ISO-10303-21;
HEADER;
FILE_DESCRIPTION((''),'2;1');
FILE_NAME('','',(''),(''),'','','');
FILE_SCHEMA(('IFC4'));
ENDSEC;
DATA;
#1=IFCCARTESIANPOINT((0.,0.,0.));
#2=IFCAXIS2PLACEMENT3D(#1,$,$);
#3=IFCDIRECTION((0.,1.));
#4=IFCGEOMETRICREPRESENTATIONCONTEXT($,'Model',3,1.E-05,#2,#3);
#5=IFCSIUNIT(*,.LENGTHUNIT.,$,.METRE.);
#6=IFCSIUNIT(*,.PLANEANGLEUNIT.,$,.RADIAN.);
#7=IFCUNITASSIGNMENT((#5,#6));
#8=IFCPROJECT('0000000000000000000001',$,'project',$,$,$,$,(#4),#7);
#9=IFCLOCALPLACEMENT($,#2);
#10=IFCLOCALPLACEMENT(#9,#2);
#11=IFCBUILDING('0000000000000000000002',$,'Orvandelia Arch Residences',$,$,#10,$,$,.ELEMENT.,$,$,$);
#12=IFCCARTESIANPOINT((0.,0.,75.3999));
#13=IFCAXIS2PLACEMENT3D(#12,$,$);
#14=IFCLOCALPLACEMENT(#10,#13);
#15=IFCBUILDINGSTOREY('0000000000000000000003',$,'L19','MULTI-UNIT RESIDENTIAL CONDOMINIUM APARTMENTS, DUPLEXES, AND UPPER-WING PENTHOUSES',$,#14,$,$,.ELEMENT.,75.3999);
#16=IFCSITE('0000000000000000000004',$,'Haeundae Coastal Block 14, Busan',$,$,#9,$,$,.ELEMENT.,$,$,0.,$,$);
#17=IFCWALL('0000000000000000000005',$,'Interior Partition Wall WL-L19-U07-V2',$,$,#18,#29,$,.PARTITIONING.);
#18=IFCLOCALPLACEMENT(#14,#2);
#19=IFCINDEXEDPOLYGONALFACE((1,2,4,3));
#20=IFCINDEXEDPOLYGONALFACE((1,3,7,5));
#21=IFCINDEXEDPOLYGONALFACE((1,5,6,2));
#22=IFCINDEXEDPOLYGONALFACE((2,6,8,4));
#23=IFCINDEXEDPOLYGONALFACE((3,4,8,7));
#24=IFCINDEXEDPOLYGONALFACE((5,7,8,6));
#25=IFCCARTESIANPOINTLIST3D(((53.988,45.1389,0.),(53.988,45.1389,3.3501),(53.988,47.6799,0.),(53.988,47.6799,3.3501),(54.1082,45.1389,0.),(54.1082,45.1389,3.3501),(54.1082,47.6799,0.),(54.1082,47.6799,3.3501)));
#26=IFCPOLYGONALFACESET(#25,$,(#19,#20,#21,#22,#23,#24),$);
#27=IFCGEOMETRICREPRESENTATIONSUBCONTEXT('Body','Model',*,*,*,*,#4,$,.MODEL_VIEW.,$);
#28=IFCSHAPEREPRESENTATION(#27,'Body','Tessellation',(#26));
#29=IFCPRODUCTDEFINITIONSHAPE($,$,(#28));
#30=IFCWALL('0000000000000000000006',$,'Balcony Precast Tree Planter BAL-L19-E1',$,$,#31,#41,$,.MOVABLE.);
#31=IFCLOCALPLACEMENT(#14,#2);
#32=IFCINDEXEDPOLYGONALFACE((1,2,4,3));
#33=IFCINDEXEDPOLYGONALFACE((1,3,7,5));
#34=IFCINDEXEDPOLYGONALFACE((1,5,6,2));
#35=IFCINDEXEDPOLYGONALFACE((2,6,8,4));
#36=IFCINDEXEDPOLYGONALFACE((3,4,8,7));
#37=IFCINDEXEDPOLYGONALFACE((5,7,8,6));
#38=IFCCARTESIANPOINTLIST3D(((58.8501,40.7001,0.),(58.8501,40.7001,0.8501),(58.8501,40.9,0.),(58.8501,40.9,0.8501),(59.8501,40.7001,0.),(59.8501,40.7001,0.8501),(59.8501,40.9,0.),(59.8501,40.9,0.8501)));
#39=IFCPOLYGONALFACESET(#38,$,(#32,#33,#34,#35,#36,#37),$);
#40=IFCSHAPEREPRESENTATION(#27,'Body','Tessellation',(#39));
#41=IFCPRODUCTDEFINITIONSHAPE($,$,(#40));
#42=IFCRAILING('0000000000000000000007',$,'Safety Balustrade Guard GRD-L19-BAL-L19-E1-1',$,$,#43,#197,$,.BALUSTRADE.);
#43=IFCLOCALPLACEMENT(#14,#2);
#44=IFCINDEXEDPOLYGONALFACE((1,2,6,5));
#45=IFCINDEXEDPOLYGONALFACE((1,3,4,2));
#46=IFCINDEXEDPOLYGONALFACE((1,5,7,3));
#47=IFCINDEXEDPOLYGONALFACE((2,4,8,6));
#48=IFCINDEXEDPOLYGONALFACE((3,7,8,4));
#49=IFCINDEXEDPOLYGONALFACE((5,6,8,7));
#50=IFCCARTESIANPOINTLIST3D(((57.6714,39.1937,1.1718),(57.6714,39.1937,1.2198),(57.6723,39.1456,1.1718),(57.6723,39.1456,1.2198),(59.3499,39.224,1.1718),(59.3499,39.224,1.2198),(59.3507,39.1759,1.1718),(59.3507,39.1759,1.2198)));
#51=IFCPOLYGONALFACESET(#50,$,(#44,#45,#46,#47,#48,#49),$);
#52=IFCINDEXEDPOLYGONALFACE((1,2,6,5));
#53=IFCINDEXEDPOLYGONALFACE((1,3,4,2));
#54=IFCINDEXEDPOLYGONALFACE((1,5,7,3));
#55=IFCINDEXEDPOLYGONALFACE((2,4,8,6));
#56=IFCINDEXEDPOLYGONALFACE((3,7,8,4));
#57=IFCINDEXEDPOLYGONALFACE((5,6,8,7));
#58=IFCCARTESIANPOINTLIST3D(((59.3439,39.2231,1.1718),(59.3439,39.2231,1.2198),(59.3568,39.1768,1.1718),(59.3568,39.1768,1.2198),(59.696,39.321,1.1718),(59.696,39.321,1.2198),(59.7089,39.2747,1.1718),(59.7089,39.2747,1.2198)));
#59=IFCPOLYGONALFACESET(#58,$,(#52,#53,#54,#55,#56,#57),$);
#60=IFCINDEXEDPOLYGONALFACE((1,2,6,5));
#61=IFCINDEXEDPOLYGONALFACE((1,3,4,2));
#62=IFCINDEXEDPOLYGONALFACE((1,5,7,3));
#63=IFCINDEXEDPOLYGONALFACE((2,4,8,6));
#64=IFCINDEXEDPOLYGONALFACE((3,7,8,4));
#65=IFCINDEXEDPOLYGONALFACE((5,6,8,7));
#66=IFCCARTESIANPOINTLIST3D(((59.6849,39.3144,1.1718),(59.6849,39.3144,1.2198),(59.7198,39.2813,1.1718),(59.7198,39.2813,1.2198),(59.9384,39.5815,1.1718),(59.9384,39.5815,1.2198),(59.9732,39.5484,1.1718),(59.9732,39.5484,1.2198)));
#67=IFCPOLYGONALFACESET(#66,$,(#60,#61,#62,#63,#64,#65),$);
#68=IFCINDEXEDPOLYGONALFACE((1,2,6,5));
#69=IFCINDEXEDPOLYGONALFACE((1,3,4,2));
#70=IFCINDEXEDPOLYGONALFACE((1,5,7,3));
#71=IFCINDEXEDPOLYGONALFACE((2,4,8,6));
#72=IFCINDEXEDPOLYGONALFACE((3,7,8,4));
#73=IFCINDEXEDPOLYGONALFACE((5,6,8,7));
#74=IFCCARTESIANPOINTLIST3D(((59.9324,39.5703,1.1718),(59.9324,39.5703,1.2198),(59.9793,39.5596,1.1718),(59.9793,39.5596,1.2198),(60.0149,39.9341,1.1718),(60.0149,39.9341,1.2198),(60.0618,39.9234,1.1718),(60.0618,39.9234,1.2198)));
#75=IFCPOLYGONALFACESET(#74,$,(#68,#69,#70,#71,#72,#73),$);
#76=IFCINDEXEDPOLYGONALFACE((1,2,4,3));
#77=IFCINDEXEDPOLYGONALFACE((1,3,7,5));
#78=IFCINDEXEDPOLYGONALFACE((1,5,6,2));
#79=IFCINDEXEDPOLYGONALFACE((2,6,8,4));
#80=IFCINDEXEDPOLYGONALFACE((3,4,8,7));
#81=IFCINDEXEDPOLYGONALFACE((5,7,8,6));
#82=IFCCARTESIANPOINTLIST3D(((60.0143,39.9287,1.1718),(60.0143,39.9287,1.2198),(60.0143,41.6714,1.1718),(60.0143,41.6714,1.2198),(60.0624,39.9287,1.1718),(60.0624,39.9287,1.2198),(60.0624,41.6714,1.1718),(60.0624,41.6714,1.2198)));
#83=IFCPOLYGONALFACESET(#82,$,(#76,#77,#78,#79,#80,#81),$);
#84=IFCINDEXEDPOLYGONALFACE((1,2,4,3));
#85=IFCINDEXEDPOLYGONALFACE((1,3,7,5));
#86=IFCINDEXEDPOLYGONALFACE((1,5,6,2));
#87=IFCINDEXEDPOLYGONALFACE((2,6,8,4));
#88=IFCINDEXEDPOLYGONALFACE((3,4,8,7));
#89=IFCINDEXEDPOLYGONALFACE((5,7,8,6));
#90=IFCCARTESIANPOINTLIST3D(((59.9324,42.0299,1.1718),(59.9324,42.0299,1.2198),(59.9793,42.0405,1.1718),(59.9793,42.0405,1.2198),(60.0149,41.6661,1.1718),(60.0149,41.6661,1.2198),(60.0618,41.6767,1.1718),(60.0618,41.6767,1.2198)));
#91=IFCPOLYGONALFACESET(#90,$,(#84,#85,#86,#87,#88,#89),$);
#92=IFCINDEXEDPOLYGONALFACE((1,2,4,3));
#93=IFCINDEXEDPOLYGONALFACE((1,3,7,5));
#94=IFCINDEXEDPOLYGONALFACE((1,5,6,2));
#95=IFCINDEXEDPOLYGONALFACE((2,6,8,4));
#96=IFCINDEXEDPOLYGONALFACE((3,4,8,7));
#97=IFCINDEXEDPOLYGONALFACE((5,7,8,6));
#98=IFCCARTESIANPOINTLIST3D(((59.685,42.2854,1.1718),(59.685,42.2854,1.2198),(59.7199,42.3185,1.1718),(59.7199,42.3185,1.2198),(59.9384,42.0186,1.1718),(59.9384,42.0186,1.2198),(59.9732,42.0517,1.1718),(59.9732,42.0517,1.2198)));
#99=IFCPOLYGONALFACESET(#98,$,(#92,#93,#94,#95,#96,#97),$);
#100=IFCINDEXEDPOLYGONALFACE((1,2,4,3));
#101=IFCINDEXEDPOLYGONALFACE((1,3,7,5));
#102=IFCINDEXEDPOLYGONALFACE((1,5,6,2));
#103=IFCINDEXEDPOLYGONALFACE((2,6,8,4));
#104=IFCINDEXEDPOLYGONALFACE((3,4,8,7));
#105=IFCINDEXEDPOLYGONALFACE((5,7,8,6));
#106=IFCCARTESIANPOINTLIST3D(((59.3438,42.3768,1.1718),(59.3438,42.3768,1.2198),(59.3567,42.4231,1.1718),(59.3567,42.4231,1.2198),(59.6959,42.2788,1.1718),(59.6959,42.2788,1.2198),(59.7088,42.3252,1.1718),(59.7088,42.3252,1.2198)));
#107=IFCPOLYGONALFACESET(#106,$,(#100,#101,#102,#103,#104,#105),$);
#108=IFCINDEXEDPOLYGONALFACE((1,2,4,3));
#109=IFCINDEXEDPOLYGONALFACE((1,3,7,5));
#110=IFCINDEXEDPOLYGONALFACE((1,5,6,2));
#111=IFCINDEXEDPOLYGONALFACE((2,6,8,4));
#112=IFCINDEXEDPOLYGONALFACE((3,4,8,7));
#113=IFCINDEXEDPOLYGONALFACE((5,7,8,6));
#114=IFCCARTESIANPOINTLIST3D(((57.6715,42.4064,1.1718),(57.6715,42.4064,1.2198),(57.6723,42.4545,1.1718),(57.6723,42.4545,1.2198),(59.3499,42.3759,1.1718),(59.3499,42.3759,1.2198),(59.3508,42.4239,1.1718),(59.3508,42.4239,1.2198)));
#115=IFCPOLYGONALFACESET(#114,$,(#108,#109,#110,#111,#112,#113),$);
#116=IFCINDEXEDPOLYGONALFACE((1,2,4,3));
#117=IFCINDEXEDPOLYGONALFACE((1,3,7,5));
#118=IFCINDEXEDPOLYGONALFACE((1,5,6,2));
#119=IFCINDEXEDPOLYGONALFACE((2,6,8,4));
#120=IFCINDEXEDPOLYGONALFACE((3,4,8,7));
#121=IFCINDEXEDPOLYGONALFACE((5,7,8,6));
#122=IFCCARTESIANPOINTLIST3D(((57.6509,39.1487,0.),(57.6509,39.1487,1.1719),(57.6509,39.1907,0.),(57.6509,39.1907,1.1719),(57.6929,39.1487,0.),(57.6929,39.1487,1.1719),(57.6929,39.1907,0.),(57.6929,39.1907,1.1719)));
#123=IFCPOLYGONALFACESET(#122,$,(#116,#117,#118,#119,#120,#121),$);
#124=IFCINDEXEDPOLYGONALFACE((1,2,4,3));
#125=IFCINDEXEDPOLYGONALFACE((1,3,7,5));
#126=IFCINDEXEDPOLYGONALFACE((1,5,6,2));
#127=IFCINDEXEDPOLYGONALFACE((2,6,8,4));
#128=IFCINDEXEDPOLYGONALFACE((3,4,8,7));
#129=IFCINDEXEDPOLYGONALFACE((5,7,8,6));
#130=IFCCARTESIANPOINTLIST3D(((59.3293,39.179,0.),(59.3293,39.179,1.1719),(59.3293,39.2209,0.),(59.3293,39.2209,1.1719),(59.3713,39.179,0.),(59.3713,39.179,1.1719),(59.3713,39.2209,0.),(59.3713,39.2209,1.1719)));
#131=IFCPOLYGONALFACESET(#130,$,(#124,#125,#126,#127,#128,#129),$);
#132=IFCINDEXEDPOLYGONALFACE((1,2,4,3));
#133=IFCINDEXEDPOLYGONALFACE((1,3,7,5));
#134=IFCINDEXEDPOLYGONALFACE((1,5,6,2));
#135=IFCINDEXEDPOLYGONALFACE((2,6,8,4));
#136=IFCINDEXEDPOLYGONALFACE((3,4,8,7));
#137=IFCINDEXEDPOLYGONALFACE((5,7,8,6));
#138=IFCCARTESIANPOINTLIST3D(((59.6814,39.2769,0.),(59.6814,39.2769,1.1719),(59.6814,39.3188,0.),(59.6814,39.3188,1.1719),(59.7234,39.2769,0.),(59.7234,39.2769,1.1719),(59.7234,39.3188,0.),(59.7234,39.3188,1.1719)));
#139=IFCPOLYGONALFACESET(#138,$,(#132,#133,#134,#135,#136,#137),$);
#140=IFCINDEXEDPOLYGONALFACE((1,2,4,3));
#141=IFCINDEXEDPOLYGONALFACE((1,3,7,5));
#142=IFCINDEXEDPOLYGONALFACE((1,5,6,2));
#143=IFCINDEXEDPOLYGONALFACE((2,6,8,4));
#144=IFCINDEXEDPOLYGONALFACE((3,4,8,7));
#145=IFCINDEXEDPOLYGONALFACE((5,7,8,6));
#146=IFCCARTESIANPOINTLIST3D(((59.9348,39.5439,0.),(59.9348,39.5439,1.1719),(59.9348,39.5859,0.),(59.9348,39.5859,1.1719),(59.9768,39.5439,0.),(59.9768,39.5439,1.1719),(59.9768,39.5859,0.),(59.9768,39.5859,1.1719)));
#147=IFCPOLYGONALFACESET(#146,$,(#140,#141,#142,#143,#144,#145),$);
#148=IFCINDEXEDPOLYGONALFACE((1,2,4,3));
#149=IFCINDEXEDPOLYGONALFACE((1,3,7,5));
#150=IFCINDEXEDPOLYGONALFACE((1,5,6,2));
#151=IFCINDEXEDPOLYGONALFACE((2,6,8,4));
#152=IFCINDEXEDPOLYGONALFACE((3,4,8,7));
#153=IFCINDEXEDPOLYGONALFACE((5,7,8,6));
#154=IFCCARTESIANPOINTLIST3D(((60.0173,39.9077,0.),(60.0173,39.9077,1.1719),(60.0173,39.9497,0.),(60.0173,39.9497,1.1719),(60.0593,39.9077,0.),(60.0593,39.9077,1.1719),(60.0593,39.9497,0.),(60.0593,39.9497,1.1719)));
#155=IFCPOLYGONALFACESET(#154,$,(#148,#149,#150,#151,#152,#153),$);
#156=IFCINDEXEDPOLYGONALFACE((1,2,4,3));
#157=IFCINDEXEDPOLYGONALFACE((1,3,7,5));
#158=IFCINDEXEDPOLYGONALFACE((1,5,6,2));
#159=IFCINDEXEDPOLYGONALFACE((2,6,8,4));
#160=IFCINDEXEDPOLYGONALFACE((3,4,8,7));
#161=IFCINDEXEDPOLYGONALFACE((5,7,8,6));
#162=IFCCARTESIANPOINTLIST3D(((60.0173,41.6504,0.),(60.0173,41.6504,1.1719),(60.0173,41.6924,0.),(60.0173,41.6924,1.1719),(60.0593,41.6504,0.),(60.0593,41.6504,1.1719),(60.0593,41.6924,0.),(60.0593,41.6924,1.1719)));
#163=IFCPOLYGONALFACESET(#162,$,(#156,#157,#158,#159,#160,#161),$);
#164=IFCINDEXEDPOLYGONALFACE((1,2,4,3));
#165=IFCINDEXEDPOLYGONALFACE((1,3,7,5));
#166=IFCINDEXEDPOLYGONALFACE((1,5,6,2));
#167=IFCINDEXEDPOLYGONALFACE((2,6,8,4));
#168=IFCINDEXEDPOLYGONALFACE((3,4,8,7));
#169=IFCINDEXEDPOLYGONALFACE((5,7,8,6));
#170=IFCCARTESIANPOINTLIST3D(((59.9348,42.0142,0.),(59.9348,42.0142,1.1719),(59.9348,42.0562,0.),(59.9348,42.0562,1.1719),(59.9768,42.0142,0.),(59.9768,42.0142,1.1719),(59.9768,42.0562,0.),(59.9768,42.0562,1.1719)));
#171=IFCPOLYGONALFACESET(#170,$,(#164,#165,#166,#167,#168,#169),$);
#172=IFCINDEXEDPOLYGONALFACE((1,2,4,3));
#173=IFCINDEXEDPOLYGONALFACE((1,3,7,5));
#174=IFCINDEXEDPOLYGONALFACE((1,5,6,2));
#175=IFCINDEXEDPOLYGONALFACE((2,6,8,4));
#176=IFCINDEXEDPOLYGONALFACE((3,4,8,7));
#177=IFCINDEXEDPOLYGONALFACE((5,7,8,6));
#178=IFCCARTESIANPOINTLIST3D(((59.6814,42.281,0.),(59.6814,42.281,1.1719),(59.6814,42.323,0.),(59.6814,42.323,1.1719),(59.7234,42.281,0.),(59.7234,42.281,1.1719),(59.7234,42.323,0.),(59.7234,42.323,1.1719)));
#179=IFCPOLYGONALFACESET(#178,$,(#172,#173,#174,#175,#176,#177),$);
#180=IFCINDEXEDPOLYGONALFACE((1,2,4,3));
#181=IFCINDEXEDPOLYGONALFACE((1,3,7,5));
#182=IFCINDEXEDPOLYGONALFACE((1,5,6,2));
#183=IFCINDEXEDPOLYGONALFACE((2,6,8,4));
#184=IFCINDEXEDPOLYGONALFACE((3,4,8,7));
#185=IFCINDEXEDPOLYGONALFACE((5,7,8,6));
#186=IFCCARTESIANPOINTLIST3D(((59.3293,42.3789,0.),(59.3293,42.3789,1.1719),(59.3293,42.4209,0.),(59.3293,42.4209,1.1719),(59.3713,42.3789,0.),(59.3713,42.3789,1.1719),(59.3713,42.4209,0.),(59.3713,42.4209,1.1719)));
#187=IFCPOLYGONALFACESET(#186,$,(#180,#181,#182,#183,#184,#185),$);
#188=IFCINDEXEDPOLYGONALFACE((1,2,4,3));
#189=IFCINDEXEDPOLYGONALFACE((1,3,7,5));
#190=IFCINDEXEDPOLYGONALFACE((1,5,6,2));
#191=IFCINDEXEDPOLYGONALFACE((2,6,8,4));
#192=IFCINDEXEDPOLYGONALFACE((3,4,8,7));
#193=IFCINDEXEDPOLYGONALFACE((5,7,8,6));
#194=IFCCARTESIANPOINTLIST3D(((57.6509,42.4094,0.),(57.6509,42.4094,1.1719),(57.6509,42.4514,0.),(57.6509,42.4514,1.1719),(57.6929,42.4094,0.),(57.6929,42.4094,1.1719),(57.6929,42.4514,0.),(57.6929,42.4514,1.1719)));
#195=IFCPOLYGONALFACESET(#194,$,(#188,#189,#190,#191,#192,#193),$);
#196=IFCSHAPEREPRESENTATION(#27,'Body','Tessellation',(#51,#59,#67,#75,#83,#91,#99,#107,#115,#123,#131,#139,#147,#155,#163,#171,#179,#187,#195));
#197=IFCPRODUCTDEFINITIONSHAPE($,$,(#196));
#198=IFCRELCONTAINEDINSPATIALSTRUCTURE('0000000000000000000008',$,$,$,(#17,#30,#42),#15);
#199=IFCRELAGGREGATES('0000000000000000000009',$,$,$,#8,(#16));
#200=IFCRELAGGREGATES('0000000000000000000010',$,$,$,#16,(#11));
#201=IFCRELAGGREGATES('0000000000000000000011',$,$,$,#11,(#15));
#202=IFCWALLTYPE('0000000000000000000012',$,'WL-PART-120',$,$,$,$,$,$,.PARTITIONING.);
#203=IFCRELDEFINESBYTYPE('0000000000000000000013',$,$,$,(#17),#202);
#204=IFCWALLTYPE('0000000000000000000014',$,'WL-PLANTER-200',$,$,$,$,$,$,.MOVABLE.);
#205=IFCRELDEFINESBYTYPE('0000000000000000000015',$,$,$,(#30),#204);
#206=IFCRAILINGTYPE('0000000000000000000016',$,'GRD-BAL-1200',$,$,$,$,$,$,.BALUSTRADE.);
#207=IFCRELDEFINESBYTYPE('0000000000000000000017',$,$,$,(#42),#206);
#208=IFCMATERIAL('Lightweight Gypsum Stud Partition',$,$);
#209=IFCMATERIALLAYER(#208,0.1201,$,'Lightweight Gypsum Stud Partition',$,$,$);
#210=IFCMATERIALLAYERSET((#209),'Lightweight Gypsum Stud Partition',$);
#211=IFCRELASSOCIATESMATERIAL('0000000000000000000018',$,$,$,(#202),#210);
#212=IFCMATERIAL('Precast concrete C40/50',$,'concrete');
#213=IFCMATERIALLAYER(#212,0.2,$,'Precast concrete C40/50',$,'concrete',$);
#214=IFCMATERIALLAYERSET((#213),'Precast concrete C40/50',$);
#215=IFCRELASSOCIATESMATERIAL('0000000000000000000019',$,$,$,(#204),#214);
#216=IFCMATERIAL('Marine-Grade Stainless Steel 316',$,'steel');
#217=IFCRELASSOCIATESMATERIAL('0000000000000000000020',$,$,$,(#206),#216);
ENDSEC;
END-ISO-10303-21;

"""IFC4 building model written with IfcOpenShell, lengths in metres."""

from ifc_helpers import new_model, si_unit, direction, frame, frame_2d, origin, origin_2d, place, context, subcontext, project, spatial, rectangle, extrude, material, layer, layer_set, type_object, element, save


model = new_model("IFC4")

# Units and contexts
model_context = context("Model", 3, precision=1e-05, world=origin(), true_north=direction((0.0, 1.0)))
body_context = subcontext(model_context, "Body", "Model", "MODEL_VIEW")
ifc_project = project(units=[si_unit("LENGTHUNIT", "METRE"), si_unit("PLANEANGLEUNIT", "RADIAN")], contexts=[model_context])

# Site, building, storey
site_placement = place(None, origin())
site = spatial("IfcSite", under=ifc_project, at=site_placement, Name="Haeundae Coastal Block 14, Busan", CompositionType="ELEMENT", RefElevation=0.0)
building_placement = place(site_placement, origin())
building = spatial("IfcBuilding", under=site, at=building_placement, Name="Orvandelia Arch Residences", CompositionType="ELEMENT")
storey_placement = place(building_placement, frame((0.0, 0.0, 75.3999)))
storey = spatial("IfcBuildingStorey", under=building, at=storey_placement, Name="L19", Description="MULTI-UNIT RESIDENTIAL CONDOMINIUM APARTMENTS, DUPLEXES, AND UPPER-WING PENTHOUSES", CompositionType="ELEMENT", Elevation=75.3999)

# Shared definitions
ifc_material_1 = material(Name="Precast concrete C40/50", Category="concrete")

# Walls
ifc_material_2 = material(Name="Lightweight Gypsum Stud Partition")
ifc_layer_1 = layer(ifc_material_2, 0.1201, Name="Lightweight Gypsum Stud Partition")
ifc_layer_set_1 = layer_set([ifc_layer_1], Name="Lightweight Gypsum Stud Partition")
wall_type_1 = type_object("IfcWallType", Name="WL-PART-120", PredefinedType="PARTITIONING", material=ifc_layer_set_1)
wall_1_placement = place(storey_placement, frame((54.0481, 45.1389, 0.0), z_axis=(0.0, 0.0, 1.0), x_axis=(0.0, 1.0, 0.0)))
element("IfcWall", 1, at=wall_1_placement, inside=storey, type_object=wall_type_1, Name="Interior Partition Wall WL-L19-U07-V2", PredefinedType="PARTITIONING", context=body_context, shape_type="SweptSolid", body=[
    extrude(rectangle(XDim=2.541, YDim=0.1201, at=frame_2d((1.2705, 0.0))), origin(), (0.0, 0.0, 1.0), 3.3501),
])
ifc_layer_2 = layer(ifc_material_1, 0.2, Name="Precast concrete C40/50", Category="concrete")
ifc_layer_set_2 = layer_set([ifc_layer_2], Name="Precast concrete C40/50")
wall_type_2 = type_object("IfcWallType", Name="WL-PLANTER-200", PredefinedType="MOVABLE", material=ifc_layer_set_2)
wall_2_placement = place(storey_placement, frame((58.8501, 40.8, 0.0), z_axis=(0.0, 0.0, 1.0), x_axis=(1.0, 0.0, 0.0)))
element("IfcWall", 2, at=wall_2_placement, inside=storey, type_object=wall_type_2, Name="Balcony Precast Tree Planter BAL-L19-E1", PredefinedType="MOVABLE", context=body_context, shape_type="SweptSolid", body=[
    extrude(rectangle(XDim=1.0, YDim=0.2, at=frame_2d((0.5, 0.0))), origin(), (0.0, 0.0, 1.0), 0.8501),
])

# Railing
ifc_material_3 = material(Name="Marine-Grade Stainless Steel 316", Category="steel")
railing_type = type_object("IfcRailingType", Name="GRD-BAL-1200", PredefinedType="BALUSTRADE", material=ifc_material_3)
railing_placement = place(storey_placement, frame((57.6719, 39.1697, 0.0)))
element("IfcRailing", 3, at=railing_placement, inside=storey, type_object=railing_type, Name="Safety Balustrade Guard GRD-L19-BAL-L19-E1-1", PredefinedType="BALUSTRADE", context=body_context, shape_type="SweptSolid", body=[
    extrude(rectangle(XDim=0.0481, YDim=0.0481, at=origin_2d()), frame((0.0, 0.0, 1.1958), z_axis=(0.999837, 0.018033, 0.0), x_axis=(-0.018033, 0.999837, 0.0)), (0.0, 0.0, 1.0), 1.6787),
    extrude(rectangle(XDim=0.0481, YDim=0.0481, at=origin_2d()), frame((1.6785, 0.0303, 1.1958), z_axis=(0.963441, 0.26792, 0.0), x_axis=(-0.26792, 0.963441, 0.0)), (0.0, 0.0, 1.0), 0.3655),
    extrude(rectangle(XDim=0.0481, YDim=0.0481, at=origin_2d()), frame((2.0305, 0.1282, 1.1958), z_axis=(0.688296, 0.72543, 0.0), x_axis=(-0.72543, 0.688296, 0.0)), (0.0, 0.0, 1.0), 0.3682),
    extrude(rectangle(XDim=0.0481, YDim=0.0481, at=origin_2d()), frame((2.2839, 0.3953, 1.1958), z_axis=(0.221225, 0.975223, 0.0), x_axis=(-0.975223, 0.221225, 0.0)), (0.0, 0.0, 1.0), 0.373),
    extrude(rectangle(XDim=0.0481, YDim=0.0481, at=origin_2d()), frame((2.3665, 0.759, 1.1958), z_axis=(0.0, 1.0, 0.0), x_axis=(-1.0, 0.0, 0.0)), (0.0, 0.0, 1.0), 1.7427),
    extrude(rectangle(XDim=0.0481, YDim=0.0481, at=origin_2d()), frame((2.3665, 2.5017, 1.1958), z_axis=(-0.221225, 0.975223, 0.0), x_axis=(-0.975223, -0.221225, 0.0)), (0.0, 0.0, 1.0), 0.373),
    extrude(rectangle(XDim=0.0481, YDim=0.0481, at=origin_2d()), frame((2.2839, 2.8655, 1.1958), z_axis=(-0.688627, 0.725115, 0.0), x_axis=(-0.725115, -0.688627, 0.0)), (0.0, 0.0, 1.0), 0.3679),
    extrude(rectangle(XDim=0.0481, YDim=0.0481, at=origin_2d()), frame((2.0305, 3.1323, 1.1958), z_axis=(-0.963441, 0.26792, 0.0), x_axis=(-0.26792, -0.963441, 0.0)), (0.0, 0.0, 1.0), 0.3655),
    extrude(rectangle(XDim=0.0481, YDim=0.0481, at=origin_2d()), frame((1.6785, 3.2302, 1.1958), z_axis=(-0.999835, 0.018179, 0.0), x_axis=(-0.018179, -0.999835, 0.0)), (0.0, 0.0, 1.0), 1.6787),
    extrude(rectangle(XDim=0.042, YDim=0.042, at=origin_2d()), origin(), (0.0, 0.0, 1.0), 1.1719),
    extrude(rectangle(XDim=0.042, YDim=0.042, at=origin_2d()), frame((1.6785, 0.0303, 0.0)), (0.0, 0.0, 1.0), 1.1719),
    extrude(rectangle(XDim=0.042, YDim=0.042, at=origin_2d()), frame((2.0305, 0.1282, 0.0)), (0.0, 0.0, 1.0), 1.1719),
    extrude(rectangle(XDim=0.042, YDim=0.042, at=origin_2d()), frame((2.2839, 0.3953, 0.0)), (0.0, 0.0, 1.0), 1.1719),
    extrude(rectangle(XDim=0.042, YDim=0.042, at=origin_2d()), frame((2.3665, 0.759, 0.0)), (0.0, 0.0, 1.0), 1.1719),
    extrude(rectangle(XDim=0.042, YDim=0.042, at=origin_2d()), frame((2.3665, 2.5017, 0.0)), (0.0, 0.0, 1.0), 1.1719),
    extrude(rectangle(XDim=0.042, YDim=0.042, at=origin_2d()), frame((2.2839, 2.8655, 0.0)), (0.0, 0.0, 1.0), 1.1719),
    extrude(rectangle(XDim=0.042, YDim=0.042, at=origin_2d()), frame((2.0305, 3.1323, 0.0)), (0.0, 0.0, 1.0), 1.1719),
    extrude(rectangle(XDim=0.042, YDim=0.042, at=origin_2d()), frame((1.6785, 3.2302, 0.0)), (0.0, 0.0, 1.0), 1.1719),
    extrude(rectangle(XDim=0.042, YDim=0.042, at=origin_2d()), frame((0.0, 3.2607, 0.0)), (0.0, 0.0, 1.0), 1.1719),
])

save(model, "model.ifc")
